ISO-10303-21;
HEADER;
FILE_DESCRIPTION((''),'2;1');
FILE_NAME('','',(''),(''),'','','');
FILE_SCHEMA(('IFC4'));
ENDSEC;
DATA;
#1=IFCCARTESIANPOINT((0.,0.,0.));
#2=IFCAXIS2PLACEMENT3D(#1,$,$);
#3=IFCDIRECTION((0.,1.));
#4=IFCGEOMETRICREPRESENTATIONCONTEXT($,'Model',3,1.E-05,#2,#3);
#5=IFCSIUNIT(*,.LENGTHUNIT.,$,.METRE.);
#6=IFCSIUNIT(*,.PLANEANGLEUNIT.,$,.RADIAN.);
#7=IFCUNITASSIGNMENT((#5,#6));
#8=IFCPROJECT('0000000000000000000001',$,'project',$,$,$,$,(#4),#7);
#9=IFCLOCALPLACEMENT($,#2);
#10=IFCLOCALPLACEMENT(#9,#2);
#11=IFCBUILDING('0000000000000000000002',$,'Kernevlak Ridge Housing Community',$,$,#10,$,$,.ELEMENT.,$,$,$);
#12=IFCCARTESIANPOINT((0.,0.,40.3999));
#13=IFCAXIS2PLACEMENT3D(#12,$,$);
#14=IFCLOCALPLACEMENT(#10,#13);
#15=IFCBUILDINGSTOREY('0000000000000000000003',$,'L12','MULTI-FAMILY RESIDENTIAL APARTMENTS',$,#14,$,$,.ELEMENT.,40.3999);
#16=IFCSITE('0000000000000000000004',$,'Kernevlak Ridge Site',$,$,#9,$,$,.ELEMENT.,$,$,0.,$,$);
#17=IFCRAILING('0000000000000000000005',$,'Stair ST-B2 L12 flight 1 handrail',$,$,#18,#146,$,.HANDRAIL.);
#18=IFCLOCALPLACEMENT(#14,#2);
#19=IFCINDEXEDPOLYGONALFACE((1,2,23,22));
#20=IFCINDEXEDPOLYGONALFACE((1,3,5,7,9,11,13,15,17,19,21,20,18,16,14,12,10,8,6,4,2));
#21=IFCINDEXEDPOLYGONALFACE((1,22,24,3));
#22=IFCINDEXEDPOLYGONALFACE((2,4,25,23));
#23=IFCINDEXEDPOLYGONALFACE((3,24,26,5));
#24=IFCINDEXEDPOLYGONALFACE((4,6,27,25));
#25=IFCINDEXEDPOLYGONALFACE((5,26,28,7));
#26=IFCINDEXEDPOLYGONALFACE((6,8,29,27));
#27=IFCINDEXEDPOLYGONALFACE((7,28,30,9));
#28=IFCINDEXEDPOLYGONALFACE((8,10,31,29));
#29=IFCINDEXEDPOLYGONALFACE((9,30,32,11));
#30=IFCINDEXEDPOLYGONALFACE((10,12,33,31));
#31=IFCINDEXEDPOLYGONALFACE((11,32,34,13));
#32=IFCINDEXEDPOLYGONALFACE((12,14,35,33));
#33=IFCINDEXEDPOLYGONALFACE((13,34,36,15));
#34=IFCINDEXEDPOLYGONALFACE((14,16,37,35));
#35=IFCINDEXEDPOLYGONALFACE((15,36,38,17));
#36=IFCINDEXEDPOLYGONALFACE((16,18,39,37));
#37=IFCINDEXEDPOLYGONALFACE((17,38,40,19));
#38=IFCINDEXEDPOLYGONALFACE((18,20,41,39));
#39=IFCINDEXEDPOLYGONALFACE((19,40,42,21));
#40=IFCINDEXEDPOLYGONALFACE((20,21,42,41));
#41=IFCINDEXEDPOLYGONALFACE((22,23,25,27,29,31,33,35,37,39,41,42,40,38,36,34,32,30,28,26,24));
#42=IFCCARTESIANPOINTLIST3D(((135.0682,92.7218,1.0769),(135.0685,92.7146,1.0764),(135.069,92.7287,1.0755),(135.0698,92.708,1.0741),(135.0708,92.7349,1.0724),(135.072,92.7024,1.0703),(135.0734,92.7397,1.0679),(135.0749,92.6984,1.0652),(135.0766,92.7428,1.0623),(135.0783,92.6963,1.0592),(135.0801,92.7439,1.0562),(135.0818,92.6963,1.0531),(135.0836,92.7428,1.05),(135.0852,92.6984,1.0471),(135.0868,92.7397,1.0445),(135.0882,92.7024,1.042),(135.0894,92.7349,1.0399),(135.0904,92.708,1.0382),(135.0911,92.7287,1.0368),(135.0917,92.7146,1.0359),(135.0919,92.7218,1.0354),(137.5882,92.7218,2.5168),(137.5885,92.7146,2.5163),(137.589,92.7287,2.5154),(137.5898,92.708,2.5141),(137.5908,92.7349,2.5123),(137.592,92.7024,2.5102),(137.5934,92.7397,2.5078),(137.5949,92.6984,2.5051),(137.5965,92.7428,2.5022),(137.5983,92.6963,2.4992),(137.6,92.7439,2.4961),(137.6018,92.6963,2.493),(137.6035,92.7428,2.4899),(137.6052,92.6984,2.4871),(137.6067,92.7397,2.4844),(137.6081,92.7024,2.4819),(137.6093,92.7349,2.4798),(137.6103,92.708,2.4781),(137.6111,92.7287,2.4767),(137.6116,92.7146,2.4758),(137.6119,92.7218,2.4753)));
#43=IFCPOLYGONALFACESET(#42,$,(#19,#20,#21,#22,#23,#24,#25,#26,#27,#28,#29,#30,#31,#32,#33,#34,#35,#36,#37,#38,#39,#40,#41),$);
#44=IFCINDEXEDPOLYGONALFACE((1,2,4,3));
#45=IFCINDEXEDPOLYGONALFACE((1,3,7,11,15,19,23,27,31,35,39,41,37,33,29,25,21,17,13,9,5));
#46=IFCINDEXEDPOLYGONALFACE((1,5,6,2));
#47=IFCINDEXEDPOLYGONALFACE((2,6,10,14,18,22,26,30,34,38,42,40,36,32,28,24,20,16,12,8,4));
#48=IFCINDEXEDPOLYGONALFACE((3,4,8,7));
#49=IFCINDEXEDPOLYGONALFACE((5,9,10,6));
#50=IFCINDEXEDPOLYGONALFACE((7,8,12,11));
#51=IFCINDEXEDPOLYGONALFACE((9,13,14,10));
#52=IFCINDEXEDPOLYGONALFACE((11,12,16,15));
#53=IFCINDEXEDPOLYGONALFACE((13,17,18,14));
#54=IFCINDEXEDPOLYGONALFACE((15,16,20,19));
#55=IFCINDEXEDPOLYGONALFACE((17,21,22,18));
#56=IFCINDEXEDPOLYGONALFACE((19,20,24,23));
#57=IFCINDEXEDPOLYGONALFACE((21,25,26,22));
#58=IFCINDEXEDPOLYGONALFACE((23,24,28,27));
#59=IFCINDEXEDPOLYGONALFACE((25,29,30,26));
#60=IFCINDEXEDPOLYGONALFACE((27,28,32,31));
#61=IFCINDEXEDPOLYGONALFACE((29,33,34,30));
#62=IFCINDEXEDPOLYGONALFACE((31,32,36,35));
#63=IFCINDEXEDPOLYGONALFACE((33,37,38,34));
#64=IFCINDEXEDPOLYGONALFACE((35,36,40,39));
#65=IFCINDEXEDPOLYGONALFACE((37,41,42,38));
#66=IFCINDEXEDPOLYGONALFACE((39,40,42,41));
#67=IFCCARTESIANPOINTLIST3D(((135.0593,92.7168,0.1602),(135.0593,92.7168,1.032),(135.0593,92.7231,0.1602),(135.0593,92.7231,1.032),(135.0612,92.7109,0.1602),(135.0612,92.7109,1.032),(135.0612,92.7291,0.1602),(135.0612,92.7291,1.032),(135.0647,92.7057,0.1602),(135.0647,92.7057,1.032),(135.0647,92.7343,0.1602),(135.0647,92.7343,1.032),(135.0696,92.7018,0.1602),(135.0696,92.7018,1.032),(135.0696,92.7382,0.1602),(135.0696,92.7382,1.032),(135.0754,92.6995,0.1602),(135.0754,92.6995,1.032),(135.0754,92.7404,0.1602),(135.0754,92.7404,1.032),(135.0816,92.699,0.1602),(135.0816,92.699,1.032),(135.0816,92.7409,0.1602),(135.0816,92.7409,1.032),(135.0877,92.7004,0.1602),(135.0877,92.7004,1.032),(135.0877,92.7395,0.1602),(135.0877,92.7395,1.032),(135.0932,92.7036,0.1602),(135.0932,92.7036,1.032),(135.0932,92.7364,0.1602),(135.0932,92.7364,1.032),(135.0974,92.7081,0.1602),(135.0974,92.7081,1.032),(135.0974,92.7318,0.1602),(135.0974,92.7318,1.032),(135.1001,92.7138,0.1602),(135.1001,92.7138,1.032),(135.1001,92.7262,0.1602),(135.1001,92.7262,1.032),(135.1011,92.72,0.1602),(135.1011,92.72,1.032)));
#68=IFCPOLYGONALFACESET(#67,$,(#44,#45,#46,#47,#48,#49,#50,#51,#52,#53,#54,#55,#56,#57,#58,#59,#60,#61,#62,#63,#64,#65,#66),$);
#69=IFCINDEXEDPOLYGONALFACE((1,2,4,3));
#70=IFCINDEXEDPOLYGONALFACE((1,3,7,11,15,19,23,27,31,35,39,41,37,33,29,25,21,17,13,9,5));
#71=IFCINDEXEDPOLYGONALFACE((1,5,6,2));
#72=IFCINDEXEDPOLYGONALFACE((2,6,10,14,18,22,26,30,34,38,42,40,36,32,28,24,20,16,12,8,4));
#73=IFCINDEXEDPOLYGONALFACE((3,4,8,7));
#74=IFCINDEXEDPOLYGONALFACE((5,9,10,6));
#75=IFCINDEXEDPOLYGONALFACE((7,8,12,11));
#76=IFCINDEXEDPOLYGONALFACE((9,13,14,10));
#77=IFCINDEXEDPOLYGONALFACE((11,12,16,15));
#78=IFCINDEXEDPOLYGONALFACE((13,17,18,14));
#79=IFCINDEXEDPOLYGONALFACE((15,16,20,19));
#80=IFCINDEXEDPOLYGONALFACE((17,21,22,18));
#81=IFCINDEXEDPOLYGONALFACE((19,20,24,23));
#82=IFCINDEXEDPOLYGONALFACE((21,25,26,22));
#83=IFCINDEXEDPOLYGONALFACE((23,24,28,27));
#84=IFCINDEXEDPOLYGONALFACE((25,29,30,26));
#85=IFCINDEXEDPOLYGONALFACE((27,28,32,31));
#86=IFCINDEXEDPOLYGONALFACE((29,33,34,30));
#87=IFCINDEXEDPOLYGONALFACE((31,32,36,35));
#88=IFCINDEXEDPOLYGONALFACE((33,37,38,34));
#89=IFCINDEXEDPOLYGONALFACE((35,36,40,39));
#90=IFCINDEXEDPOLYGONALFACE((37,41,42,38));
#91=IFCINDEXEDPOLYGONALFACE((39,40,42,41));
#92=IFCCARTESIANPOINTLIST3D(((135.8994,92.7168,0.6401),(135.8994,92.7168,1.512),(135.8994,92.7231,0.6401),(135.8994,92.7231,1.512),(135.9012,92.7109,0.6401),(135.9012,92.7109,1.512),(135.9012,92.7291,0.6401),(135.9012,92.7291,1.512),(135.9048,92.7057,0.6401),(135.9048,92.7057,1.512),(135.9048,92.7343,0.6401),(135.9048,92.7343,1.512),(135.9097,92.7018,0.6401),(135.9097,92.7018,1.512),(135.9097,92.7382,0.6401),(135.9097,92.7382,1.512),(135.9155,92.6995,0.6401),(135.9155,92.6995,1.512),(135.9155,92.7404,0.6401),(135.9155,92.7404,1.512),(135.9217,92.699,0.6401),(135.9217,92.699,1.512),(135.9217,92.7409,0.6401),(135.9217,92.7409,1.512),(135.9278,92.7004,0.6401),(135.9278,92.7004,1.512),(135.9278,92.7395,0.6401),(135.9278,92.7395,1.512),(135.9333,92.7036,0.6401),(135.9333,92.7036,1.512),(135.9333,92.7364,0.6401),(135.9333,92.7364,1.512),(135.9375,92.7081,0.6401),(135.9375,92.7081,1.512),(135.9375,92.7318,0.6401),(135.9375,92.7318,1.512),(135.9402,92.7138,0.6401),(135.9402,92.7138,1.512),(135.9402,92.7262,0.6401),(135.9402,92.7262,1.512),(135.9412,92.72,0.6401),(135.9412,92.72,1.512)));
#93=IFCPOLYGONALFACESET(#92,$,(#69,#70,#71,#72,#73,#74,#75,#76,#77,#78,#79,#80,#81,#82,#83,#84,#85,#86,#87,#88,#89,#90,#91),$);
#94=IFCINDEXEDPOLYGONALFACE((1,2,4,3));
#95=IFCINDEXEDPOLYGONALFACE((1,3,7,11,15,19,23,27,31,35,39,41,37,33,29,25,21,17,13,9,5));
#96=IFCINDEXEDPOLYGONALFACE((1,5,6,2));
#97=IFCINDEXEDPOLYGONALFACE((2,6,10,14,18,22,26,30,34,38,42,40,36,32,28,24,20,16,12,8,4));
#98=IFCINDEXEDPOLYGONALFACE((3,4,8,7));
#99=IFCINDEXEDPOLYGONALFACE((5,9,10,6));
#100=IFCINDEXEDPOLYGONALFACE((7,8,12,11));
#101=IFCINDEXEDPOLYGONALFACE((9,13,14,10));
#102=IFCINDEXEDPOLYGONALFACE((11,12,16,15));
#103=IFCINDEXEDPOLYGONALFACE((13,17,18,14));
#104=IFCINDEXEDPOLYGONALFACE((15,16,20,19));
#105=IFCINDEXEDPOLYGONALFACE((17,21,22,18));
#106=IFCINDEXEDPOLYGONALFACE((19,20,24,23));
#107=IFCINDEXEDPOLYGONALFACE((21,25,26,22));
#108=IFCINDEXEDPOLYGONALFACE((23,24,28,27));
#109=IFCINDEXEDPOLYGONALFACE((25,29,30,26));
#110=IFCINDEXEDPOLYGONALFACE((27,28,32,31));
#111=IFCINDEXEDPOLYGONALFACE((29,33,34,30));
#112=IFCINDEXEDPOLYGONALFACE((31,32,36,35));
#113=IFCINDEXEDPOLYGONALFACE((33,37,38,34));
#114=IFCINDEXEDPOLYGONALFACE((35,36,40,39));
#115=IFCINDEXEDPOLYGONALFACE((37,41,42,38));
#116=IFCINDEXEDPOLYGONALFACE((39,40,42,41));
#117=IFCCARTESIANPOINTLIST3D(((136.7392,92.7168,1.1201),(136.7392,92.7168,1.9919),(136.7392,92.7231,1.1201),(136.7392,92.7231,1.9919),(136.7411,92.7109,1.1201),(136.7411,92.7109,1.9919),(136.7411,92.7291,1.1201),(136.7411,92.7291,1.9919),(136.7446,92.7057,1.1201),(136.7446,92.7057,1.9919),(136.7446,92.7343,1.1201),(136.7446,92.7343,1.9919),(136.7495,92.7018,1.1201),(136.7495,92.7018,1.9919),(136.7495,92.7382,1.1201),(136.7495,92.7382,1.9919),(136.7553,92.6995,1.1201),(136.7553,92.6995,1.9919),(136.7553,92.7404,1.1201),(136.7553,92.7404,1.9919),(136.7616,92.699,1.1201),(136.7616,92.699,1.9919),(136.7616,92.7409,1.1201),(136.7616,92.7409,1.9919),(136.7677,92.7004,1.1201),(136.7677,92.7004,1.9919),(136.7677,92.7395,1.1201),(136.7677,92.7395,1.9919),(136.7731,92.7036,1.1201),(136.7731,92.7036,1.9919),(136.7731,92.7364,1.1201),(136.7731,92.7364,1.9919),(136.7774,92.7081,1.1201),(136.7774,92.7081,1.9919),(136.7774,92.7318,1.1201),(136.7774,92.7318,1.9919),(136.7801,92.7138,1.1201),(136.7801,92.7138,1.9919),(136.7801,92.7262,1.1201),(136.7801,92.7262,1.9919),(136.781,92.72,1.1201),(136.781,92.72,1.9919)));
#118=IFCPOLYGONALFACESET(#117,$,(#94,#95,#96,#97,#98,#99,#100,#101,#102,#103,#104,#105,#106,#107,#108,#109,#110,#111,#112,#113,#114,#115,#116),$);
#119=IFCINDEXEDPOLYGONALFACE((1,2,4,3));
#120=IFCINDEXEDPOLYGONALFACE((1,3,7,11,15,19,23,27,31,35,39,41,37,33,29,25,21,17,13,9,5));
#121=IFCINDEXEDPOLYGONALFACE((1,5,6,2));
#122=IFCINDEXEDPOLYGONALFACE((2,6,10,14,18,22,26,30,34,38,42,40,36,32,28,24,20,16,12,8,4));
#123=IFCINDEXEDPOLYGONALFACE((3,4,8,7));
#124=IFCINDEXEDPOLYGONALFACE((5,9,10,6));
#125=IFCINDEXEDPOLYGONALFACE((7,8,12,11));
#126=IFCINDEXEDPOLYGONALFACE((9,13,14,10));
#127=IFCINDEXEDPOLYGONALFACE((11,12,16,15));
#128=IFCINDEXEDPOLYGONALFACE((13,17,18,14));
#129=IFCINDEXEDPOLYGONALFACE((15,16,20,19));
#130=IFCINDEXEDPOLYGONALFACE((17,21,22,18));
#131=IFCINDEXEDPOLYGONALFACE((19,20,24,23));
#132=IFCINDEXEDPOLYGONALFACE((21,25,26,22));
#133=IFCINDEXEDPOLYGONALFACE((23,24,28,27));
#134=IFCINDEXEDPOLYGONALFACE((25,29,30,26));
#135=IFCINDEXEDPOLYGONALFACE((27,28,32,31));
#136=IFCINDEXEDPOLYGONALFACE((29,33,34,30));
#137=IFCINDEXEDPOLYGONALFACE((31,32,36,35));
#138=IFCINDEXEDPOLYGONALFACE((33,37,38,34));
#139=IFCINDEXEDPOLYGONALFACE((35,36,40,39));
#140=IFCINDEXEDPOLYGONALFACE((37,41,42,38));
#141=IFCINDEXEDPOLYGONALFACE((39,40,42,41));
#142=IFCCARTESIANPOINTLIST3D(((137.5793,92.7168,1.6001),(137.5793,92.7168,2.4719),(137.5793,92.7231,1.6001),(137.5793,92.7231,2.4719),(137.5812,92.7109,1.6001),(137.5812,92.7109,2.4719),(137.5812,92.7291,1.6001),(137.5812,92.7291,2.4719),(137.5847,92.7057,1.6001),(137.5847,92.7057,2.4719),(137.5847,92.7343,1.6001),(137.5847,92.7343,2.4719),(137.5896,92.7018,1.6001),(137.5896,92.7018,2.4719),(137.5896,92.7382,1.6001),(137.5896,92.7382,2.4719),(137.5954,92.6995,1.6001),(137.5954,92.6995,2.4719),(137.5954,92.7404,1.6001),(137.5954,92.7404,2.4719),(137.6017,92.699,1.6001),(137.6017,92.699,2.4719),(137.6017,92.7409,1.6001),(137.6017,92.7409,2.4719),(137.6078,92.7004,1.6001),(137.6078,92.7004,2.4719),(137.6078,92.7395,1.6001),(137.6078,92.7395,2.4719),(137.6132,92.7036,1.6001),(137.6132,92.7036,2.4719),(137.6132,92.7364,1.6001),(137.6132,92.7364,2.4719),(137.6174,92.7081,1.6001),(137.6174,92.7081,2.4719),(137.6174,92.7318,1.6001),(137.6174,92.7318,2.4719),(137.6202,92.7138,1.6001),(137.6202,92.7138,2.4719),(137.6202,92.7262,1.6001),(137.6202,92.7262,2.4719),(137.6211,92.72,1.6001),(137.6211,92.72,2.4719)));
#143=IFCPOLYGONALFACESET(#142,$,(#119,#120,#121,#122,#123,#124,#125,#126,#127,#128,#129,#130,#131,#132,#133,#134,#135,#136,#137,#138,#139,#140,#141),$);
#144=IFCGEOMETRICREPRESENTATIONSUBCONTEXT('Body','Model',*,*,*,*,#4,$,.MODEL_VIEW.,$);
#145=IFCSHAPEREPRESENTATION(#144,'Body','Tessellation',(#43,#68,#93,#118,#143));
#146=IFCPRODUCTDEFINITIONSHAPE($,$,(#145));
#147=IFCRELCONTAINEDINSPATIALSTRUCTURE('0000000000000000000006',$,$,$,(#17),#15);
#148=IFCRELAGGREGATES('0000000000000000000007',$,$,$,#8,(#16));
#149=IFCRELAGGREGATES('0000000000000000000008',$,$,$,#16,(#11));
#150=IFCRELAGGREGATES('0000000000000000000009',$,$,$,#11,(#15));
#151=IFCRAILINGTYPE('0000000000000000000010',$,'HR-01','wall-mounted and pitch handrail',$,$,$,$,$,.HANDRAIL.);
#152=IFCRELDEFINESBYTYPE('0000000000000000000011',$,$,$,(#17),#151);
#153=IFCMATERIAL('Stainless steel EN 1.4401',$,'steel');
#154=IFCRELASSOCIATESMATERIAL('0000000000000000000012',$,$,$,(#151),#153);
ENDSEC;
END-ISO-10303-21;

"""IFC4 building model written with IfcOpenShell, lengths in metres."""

from ifc_helpers import new_model, si_unit, direction, frame, origin, origin_2d, place, context, subcontext, project, spatial, circle, extrude, material, type_object, element, save


model = new_model("IFC4")

# Units and contexts
model_context = context("Model", 3, precision=1e-05, world=origin(), true_north=direction((0.0, 1.0)))
body_context = subcontext(model_context, "Body", "Model", "MODEL_VIEW")
ifc_project = project(units=[si_unit("LENGTHUNIT", "METRE"), si_unit("PLANEANGLEUNIT", "RADIAN")], contexts=[model_context])

# Site, building, storey
site_placement = place(None, origin())
site = spatial("IfcSite", under=ifc_project, at=site_placement, Name="Kernevlak Ridge Site", CompositionType="ELEMENT", RefElevation=0.0)
building_placement = place(site_placement, origin())
building = spatial("IfcBuilding", under=site, at=building_placement, Name="Kernevlak Ridge Housing Community", CompositionType="ELEMENT")
storey_placement = place(building_placement, frame((0.0, 0.0, 40.3999)))
storey = spatial("IfcBuildingStorey", under=building, at=storey_placement, Name="L12", Description="MULTI-FAMILY RESIDENTIAL APARTMENTS", CompositionType="ELEMENT", Elevation=40.3999)

# Railing
ifc_material_1 = material(Name="Stainless steel EN 1.4401", Category="steel")
railing_type_1 = type_object("IfcRailingType", Name="HR-01", Description="wall-mounted and pitch handrail", PredefinedType="HANDRAIL", material=ifc_material_1)
railing_1_placement = place(storey_placement, frame((135.0801, 92.72, 0.1602)))
element("IfcRailing", 1, at=railing_1_placement, inside=storey, type_object=railing_type_1, Name="Stair ST-B2 L12 flight 1 handrail", PredefinedType="HANDRAIL", context=body_context, shape_type="SweptSolid", body=[
    extrude(circle(Radius=0.0239, at=origin_2d()), frame((0.0, 0.0, 0.896), z_axis=(0.868253, 0.0, 0.496121), x_axis=(0.0, 1.0, 0.0)), (0.0, 0.0, 1.0), 2.9023),
    extrude(circle(Radius=0.021, at=origin_2d()), origin(), (0.0, 0.0, 1.0), 0.8718),
    extrude(circle(Radius=0.021, at=origin_2d()), frame((0.8401, 0.0, 0.48)), (0.0, 0.0, 1.0), 0.8718),
    extrude(circle(Radius=0.021, at=origin_2d()), frame((1.6799, 0.0, 0.96)), (0.0, 0.0, 1.0), 0.8718),
    extrude(circle(Radius=0.021, at=origin_2d()), frame((2.52, 0.0, 1.4399)), (0.0, 0.0, 1.0), 0.8718),
])

save(model, "model.ifc")
